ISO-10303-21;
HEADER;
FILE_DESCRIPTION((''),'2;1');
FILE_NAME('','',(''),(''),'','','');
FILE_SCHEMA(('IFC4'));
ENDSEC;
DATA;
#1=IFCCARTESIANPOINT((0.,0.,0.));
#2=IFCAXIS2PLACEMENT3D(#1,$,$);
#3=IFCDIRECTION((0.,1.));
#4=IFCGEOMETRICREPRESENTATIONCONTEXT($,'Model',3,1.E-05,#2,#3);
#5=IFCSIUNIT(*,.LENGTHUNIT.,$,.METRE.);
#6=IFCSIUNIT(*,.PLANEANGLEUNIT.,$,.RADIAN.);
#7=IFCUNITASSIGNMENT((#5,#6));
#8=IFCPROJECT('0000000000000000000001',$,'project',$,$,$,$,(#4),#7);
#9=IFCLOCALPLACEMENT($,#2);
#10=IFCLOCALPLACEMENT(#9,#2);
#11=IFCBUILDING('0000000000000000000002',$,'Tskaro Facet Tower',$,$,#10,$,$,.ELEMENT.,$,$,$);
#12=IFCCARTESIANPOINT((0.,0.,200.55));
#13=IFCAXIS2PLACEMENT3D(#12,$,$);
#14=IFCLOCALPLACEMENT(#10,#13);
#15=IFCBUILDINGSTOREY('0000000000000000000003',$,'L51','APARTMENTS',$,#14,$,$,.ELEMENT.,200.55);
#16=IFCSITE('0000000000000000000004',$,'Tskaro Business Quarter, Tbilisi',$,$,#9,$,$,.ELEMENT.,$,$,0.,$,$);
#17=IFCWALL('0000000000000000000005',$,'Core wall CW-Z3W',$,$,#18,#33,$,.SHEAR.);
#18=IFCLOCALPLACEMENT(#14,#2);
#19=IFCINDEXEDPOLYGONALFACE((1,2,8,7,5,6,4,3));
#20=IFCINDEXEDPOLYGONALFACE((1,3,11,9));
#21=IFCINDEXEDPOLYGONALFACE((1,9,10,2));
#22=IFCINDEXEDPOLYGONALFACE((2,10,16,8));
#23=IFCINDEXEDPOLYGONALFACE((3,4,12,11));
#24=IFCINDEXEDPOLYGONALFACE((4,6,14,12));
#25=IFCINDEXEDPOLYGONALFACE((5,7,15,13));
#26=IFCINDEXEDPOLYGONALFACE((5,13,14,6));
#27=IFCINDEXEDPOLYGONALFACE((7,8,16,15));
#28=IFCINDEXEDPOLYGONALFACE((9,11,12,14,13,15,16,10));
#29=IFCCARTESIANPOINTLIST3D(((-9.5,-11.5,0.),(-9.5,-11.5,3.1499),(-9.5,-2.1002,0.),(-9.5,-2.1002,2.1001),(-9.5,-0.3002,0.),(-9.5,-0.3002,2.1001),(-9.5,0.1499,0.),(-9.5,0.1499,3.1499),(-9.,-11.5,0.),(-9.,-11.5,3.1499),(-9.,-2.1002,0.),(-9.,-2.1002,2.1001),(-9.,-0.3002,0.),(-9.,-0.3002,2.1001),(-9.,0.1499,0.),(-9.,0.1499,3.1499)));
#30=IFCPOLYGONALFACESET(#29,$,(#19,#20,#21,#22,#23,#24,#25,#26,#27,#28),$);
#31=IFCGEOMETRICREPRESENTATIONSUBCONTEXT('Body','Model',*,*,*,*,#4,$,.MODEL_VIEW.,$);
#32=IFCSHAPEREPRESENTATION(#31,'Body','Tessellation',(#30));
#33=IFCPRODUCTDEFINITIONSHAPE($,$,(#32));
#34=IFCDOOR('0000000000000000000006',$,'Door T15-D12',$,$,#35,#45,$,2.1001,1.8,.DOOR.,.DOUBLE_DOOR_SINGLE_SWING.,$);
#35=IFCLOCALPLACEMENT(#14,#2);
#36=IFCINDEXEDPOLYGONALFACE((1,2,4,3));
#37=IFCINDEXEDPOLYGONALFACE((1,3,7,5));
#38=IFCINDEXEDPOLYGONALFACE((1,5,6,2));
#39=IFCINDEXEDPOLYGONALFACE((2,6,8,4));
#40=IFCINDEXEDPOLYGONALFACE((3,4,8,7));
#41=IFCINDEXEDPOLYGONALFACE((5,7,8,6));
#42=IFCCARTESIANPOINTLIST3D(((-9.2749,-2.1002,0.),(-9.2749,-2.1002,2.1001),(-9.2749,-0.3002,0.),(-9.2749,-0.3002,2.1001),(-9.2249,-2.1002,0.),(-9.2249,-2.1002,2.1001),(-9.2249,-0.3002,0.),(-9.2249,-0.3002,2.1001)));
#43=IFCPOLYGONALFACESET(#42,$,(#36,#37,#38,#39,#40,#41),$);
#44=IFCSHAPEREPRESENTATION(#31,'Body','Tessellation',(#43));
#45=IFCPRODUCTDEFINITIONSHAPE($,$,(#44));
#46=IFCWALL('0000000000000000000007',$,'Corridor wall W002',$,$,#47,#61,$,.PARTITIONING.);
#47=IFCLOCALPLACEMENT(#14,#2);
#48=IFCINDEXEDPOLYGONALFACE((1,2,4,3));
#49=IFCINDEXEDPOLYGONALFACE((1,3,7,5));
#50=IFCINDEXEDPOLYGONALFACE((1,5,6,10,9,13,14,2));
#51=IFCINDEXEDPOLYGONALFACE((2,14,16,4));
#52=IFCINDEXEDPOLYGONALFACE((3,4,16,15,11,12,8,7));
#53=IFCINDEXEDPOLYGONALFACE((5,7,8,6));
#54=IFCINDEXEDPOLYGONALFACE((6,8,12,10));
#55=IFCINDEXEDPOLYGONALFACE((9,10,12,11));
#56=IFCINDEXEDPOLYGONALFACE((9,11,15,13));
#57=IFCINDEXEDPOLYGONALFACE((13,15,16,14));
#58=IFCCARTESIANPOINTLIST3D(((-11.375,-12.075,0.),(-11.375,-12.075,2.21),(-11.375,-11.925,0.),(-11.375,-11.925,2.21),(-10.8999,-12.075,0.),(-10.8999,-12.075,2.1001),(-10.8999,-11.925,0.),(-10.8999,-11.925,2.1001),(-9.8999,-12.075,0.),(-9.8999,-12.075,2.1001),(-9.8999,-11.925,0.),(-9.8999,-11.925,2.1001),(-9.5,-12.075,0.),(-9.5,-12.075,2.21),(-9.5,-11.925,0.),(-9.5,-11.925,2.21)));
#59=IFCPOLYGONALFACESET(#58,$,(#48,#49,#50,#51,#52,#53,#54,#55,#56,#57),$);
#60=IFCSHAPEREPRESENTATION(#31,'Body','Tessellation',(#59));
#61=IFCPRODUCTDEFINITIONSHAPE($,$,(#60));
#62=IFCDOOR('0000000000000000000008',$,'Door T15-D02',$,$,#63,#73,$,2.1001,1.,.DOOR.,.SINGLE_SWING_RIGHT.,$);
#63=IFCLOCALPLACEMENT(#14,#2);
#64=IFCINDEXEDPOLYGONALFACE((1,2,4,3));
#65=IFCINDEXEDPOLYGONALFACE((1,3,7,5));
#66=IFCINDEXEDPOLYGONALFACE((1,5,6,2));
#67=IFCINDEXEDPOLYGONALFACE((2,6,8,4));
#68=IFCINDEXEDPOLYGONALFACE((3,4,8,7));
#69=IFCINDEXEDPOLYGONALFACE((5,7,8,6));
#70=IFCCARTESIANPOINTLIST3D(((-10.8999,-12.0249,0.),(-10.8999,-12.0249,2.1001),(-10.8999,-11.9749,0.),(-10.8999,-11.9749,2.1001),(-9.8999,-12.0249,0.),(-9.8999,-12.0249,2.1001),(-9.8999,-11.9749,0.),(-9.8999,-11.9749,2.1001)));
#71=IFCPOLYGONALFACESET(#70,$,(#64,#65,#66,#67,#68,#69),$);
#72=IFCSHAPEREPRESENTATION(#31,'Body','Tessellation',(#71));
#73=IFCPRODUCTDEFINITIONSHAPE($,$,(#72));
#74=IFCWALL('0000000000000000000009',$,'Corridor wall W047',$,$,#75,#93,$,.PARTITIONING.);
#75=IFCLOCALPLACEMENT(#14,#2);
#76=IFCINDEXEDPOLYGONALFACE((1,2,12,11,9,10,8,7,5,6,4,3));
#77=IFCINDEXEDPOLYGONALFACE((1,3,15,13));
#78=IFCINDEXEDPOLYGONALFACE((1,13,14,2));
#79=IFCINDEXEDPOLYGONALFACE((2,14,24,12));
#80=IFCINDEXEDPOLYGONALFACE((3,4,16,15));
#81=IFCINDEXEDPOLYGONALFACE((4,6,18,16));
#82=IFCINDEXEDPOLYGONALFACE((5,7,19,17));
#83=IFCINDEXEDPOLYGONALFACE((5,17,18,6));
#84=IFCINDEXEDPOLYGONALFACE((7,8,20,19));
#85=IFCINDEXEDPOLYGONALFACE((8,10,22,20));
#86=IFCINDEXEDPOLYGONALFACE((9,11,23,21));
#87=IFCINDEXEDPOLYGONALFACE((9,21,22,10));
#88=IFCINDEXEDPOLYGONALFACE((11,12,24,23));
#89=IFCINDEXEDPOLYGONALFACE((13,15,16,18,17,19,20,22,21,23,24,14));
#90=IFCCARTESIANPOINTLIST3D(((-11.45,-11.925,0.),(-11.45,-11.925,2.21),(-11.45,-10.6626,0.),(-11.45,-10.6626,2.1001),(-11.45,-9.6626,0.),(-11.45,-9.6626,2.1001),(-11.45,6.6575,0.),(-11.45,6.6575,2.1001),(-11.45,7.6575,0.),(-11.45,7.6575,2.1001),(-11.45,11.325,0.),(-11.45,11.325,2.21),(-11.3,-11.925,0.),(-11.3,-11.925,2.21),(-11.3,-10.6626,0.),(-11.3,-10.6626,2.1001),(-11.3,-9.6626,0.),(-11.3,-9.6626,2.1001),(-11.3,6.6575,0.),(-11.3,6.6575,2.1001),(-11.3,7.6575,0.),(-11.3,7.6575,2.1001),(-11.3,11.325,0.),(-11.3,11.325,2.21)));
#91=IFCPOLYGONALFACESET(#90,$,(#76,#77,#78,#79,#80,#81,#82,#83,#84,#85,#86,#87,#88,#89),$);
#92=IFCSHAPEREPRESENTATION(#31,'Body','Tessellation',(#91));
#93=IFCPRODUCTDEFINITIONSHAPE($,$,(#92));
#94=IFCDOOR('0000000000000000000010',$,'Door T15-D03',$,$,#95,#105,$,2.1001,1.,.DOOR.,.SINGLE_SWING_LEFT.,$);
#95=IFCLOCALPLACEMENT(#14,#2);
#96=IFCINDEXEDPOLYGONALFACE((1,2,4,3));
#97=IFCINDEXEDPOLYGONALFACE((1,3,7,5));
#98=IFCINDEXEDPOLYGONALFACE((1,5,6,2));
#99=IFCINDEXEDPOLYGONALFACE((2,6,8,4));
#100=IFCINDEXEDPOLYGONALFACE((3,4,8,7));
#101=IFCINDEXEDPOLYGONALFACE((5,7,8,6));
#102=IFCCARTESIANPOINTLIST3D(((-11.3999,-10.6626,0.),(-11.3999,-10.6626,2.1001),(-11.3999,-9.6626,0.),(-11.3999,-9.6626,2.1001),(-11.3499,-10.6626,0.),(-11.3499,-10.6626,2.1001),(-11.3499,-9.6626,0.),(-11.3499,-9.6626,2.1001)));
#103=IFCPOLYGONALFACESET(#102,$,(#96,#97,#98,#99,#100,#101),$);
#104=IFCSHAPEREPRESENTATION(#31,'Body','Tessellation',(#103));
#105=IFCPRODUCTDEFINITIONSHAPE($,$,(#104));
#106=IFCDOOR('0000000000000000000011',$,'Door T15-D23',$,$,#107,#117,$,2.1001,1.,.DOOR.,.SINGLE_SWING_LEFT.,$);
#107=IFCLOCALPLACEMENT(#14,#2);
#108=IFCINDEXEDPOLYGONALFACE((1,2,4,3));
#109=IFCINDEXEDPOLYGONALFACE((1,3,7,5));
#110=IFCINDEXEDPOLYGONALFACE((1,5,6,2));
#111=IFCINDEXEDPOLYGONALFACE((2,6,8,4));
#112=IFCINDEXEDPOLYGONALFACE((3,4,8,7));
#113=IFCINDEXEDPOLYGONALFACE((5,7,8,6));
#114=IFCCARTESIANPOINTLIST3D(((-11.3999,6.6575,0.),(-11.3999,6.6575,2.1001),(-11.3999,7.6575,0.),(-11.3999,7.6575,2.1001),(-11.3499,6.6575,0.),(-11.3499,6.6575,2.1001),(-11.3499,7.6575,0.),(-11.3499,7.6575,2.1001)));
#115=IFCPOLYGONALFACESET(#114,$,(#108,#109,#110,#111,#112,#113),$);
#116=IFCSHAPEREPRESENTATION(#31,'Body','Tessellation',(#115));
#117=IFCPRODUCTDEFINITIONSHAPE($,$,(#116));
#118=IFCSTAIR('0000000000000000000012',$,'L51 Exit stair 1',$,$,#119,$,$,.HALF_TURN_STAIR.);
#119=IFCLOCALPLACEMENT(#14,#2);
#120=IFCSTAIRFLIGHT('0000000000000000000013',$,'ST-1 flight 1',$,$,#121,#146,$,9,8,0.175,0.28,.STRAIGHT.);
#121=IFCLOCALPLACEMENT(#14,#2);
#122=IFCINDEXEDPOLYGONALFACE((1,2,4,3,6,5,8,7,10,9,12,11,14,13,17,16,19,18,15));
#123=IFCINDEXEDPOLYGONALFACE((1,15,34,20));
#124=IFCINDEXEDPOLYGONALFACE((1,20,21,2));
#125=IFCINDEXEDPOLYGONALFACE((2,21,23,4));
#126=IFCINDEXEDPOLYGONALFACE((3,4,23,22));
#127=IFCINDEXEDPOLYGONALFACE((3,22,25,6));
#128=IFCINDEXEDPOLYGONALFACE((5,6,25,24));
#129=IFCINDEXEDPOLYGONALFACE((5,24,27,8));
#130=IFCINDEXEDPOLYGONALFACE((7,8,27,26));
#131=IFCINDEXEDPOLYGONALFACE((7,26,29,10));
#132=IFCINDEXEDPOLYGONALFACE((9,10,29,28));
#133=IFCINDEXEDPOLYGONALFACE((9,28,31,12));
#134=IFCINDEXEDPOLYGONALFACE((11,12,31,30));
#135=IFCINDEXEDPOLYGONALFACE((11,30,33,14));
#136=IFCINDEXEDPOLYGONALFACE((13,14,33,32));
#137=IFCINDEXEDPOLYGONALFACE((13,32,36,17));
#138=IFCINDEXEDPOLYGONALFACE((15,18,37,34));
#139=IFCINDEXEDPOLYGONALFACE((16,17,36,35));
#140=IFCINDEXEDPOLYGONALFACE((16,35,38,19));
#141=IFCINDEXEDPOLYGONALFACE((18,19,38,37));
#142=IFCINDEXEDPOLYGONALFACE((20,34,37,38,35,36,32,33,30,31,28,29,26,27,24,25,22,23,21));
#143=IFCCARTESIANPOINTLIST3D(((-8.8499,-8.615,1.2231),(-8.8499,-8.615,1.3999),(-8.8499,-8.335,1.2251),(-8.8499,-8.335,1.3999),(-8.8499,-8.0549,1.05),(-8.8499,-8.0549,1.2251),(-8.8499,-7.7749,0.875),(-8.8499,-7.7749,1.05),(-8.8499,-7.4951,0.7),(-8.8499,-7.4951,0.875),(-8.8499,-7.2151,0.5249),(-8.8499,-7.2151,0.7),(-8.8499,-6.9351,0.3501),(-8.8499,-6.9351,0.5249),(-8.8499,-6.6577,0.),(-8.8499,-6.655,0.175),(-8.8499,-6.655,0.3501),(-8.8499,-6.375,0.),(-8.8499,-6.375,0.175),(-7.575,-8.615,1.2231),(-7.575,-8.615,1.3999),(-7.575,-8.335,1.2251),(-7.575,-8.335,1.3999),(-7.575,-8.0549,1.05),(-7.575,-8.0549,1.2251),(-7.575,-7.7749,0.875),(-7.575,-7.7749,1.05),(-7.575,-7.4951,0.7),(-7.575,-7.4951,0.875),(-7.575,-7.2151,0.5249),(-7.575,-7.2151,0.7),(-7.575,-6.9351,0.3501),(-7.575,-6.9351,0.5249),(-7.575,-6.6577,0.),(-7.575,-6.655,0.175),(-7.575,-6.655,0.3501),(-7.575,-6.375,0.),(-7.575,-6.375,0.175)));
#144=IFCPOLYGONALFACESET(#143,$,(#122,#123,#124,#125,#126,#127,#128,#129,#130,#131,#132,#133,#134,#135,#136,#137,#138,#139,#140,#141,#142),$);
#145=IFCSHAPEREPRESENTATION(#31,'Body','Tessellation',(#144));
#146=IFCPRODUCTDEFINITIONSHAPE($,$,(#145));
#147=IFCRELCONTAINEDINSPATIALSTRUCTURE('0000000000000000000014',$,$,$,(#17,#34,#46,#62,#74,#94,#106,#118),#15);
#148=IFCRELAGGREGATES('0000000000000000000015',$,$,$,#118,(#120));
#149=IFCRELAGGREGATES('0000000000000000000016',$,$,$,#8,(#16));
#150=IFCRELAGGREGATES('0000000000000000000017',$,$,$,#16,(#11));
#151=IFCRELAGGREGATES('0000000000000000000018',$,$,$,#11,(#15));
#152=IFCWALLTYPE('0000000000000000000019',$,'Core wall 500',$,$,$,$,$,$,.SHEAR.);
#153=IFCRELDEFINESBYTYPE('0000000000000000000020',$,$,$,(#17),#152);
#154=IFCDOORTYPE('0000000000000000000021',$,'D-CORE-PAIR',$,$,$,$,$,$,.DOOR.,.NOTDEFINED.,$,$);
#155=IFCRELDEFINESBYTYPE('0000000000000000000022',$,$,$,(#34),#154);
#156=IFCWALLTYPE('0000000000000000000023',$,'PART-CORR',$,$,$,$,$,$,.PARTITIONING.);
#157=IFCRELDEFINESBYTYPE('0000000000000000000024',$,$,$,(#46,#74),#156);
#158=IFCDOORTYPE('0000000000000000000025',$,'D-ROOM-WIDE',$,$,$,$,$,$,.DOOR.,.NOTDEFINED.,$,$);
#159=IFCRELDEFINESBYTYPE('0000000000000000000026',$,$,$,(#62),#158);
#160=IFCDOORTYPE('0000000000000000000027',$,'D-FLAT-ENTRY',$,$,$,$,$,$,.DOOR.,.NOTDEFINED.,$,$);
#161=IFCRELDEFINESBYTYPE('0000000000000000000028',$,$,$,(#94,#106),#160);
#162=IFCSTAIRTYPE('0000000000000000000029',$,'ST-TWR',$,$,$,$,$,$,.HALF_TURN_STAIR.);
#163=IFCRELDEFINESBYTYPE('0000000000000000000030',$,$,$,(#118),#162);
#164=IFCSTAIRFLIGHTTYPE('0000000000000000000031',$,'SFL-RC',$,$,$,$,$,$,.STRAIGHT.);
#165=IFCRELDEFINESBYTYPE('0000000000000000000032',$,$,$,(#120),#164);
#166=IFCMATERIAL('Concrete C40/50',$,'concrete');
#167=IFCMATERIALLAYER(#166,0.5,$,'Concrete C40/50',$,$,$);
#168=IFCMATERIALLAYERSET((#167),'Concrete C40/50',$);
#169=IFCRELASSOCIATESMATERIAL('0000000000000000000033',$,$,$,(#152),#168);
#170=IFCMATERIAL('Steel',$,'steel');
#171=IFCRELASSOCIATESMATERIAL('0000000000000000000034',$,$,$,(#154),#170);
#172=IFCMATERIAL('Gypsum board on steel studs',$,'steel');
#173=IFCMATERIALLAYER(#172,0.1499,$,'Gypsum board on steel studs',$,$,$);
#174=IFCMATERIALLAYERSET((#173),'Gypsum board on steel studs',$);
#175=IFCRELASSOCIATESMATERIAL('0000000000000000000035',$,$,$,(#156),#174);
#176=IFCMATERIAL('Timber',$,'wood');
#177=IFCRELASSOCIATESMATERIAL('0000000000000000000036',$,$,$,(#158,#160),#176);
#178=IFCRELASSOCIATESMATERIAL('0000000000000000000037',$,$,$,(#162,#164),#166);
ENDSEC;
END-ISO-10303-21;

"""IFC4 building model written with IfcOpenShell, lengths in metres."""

from ifc_helpers import new_model, si_unit, direction, frame, frame_2d, origin, place, context, subcontext, project, spatial, polyline, rectangle, outline, extrude, material, layer, layer_set, type_object, element, fill, aggregate, save


model = new_model("IFC4")

# Units and contexts
model_context = context("Model", 3, precision=1e-05, world=origin(), true_north=direction((0.0, 1.0)))
body_context = subcontext(model_context, "Body", "Model", "MODEL_VIEW")
ifc_project = project(units=[si_unit("LENGTHUNIT", "METRE"), si_unit("PLANEANGLEUNIT", "RADIAN")], contexts=[model_context])

# Site, building, storey
site_placement = place(None, origin())
site = spatial("IfcSite", under=ifc_project, at=site_placement, Name="Tskaro Business Quarter, Tbilisi", CompositionType="ELEMENT", RefElevation=0.0)
building_placement = place(site_placement, origin())
building = spatial("IfcBuilding", under=site, at=building_placement, Name="Tskaro Facet Tower", CompositionType="ELEMENT")
storey_placement = place(building_placement, frame((0.0, 0.0, 200.55)))
storey = spatial("IfcBuildingStorey", under=building, at=storey_placement, Name="L51", Description="APARTMENTS", CompositionType="ELEMENT", Elevation=200.55)

# Shared definitions
ifc_material_1 = material(Name="Timber", Category="wood")

# Shared definitions
ifc_material_2 = material(Name="Concrete C40/50", Category="concrete")
ifc_layer_1 = layer(ifc_material_2, 0.5, Name="Concrete C40/50")
ifc_layer_set_1 = layer_set([ifc_layer_1], Name="Concrete C40/50")
wall_type_1 = type_object("IfcWallType", Name="Core wall 500", PredefinedType="SHEAR", material=ifc_layer_set_1)

# Walls, openings, doors
wall_1_placement = place(storey_placement, frame((-9.25, -11.5, 0.0), z_axis=(0.0, 0.0, 1.0), x_axis=(0.0, 1.0, 0.0)))
wall_1 = element("IfcWall", 1, at=wall_1_placement, inside=storey, type_object=wall_type_1, Name="Core wall CW-Z3W", PredefinedType="SHEAR", context=body_context, shape_type="SweptSolid", body=[
    extrude(rectangle(XDim=11.6499, YDim=0.5, at=frame_2d((5.825, 0.0))), origin(), (0.0, 0.0, 1.0), 3.1499),
])
opening_1_placement = place(wall_1_placement, frame((9.3999, 0.0, 0.0)))
opening_1 = element("IfcOpeningElement", 2, at=opening_1_placement, cuts=wall_1, PredefinedType="OPENING", context=body_context, shape_type="SweptSolid", body=[
    extrude(rectangle(XDim=1.8, YDim=2.1001, at=frame_2d((0.8999, 1.05))), frame((0.0, 0.26, 0.0), z_axis=(0.0, -1.0, 0.0), x_axis=(1.0, 0.0, 0.0)), (0.0, 0.0, 1.0), 0.52),
])
ifc_material_3 = material(Name="Steel", Category="steel")
door_type_1 = type_object("IfcDoorType", Name="D-CORE-PAIR", OperationType="NOTDEFINED", PredefinedType="DOOR", material=ifc_material_3)
door_1_placement = place(opening_1_placement, origin())
door_1 = element("IfcDoor", 3, at=door_1_placement, inside=storey, type_object=door_type_1, Name="Door T15-D12", OperationType="DOUBLE_DOOR_SINGLE_SWING", OverallHeight=2.1001, OverallWidth=1.8, PredefinedType="DOOR", context=body_context, shape_type="SweptSolid", body=[
    extrude(rectangle(XDim=1.8, YDim=2.1001, at=frame_2d((0.8999, 1.05))), frame((0.0, 0.0249, 0.0), z_axis=(0.0, -1.0, 0.0), x_axis=(1.0, 0.0, 0.0)), (0.0, 0.0, 1.0), 0.05),
])
fill(opening_1, door_1)
ifc_material_4 = material(Name="Gypsum board on steel studs", Category="steel")
ifc_layer_2 = layer(ifc_material_4, 0.1499, Name="Gypsum board on steel studs")
ifc_layer_set_2 = layer_set([ifc_layer_2], Name="Gypsum board on steel studs")
wall_type_2 = type_object("IfcWallType", Name="PART-CORR", PredefinedType="PARTITIONING", material=ifc_layer_set_2)
wall_2_placement = place(storey_placement, frame((-9.5, -12.0, 0.0), z_axis=(0.0, 0.0, 1.0), x_axis=(-1.0, 0.0, 0.0)))
wall_2 = element("IfcWall", 4, at=wall_2_placement, inside=storey, type_object=wall_type_2, Name="Corridor wall W002", PredefinedType="PARTITIONING", context=body_context, shape_type="SweptSolid", body=[
    extrude(rectangle(XDim=1.875, YDim=0.1499, at=frame_2d((0.9375, 0.0))), origin(), (0.0, 0.0, 1.0), 2.21),
])
opening_2_placement = place(wall_2_placement, frame((0.3999, 0.0, 0.0)))
opening_2 = element("IfcOpeningElement", 5, at=opening_2_placement, cuts=wall_2, PredefinedType="OPENING", context=body_context, shape_type="SweptSolid", body=[
    extrude(rectangle(XDim=1.0, YDim=2.1001, at=frame_2d((0.5, 1.05))), frame((0.0, 0.085, 0.0), z_axis=(0.0, -1.0, 0.0), x_axis=(1.0, 0.0, 0.0)), (0.0, 0.0, 1.0), 0.1699),
])
door_type_2 = type_object("IfcDoorType", Name="D-ROOM-WIDE", OperationType="NOTDEFINED", PredefinedType="DOOR", material=ifc_material_1)
door_2_placement = place(opening_2_placement, origin())
door_2 = element("IfcDoor", 6, at=door_2_placement, inside=storey, type_object=door_type_2, Name="Door T15-D02", OperationType="SINGLE_SWING_RIGHT", OverallHeight=2.1001, OverallWidth=1.0, PredefinedType="DOOR", context=body_context, shape_type="SweptSolid", body=[
    extrude(rectangle(XDim=1.0, YDim=2.1001, at=frame_2d((0.5, 1.05))), frame((0.0, 0.0249, 0.0), z_axis=(0.0, -1.0, 0.0), x_axis=(1.0, 0.0, 0.0)), (0.0, 0.0, 1.0), 0.05),
])
fill(opening_2, door_2)

# Wall, openings, doors
wall_3_placement = place(storey_placement, frame((-11.375, -11.925, 0.0), z_axis=(0.0, 0.0, 1.0), x_axis=(0.0, 1.0, 0.0)))
wall_3 = element("IfcWall", 7, at=wall_3_placement, inside=storey, type_object=wall_type_2, Name="Corridor wall W047", PredefinedType="PARTITIONING", context=body_context, shape_type="SweptSolid", body=[
    extrude(rectangle(XDim=23.25, YDim=0.1499, at=frame_2d((11.625, 0.0))), origin(), (0.0, 0.0, 1.0), 2.21),
])
opening_3_placement = place(wall_3_placement, frame((1.2625, 0.0, 0.0)))
opening_3 = element("IfcOpeningElement", 8, at=opening_3_placement, cuts=wall_3, PredefinedType="OPENING", context=body_context, shape_type="SweptSolid", body=[
    extrude(rectangle(XDim=1.0, YDim=2.1001, at=frame_2d((0.5, 1.05))), frame((0.0, 0.085, 0.0), z_axis=(0.0, -1.0, 0.0), x_axis=(1.0, 0.0, 0.0)), (0.0, 0.0, 1.0), 0.1699),
])
opening_4_placement = place(wall_3_placement, frame((18.5825, 0.0, 0.0)))
opening_4 = element("IfcOpeningElement", 9, at=opening_4_placement, cuts=wall_3, PredefinedType="OPENING", context=body_context, shape_type="SweptSolid", body=[
    extrude(rectangle(XDim=1.0, YDim=2.1001, at=frame_2d((0.5, 1.05))), frame((0.0, 0.085, 0.0), z_axis=(0.0, -1.0, 0.0), x_axis=(1.0, 0.0, 0.0)), (0.0, 0.0, 1.0), 0.1699),
])
door_type_3 = type_object("IfcDoorType", Name="D-FLAT-ENTRY", OperationType="NOTDEFINED", PredefinedType="DOOR", material=ifc_material_1)
door_3_placement = place(opening_3_placement, origin())
door_3 = element("IfcDoor", 10, at=door_3_placement, inside=storey, type_object=door_type_3, Name="Door T15-D03", OperationType="SINGLE_SWING_LEFT", OverallHeight=2.1001, OverallWidth=1.0, PredefinedType="DOOR", context=body_context, shape_type="SweptSolid", body=[
    extrude(rectangle(XDim=1.0, YDim=2.1001, at=frame_2d((0.5, 1.05))), frame((0.0, 0.0249, 0.0), z_axis=(0.0, -1.0, 0.0), x_axis=(1.0, 0.0, 0.0)), (0.0, 0.0, 1.0), 0.05),
])
fill(opening_3, door_3)
door_4_placement = place(opening_4_placement, origin())
door_4 = element("IfcDoor", 11, at=door_4_placement, inside=storey, type_object=door_type_3, Name="Door T15-D23", OperationType="SINGLE_SWING_LEFT", OverallHeight=2.1001, OverallWidth=1.0, PredefinedType="DOOR", context=body_context, shape_type="SweptSolid", body=[
    extrude(rectangle(XDim=1.0, YDim=2.1001, at=frame_2d((0.5, 1.05))), frame((0.0, 0.0249, 0.0), z_axis=(0.0, -1.0, 0.0), x_axis=(1.0, 0.0, 0.0)), (0.0, 0.0, 1.0), 0.05),
])
fill(opening_4, door_4)

# Stair, stair flight
stair_type = type_object("IfcStairType", Name="ST-TWR", PredefinedType="HALF_TURN_STAIR", material=ifc_material_2)
stair_placement = place(storey_placement, origin())
stair = element("IfcStair", 12, at=stair_placement, inside=storey, type_object=stair_type, Name="L51 Exit stair 1", PredefinedType="HALF_TURN_STAIR")
stair_flight_type = type_object("IfcStairFlightType", Name="SFL-RC", PredefinedType="STRAIGHT", material=ifc_material_2)
stair_flight_placement = place(storey_placement, frame((-8.2124, -6.375, 0.0), z_axis=(0.0, 0.0, 1.0), x_axis=(0.0, -1.0, 0.0)))
stair_flight = element("IfcStairFlight", 13, at=stair_flight_placement, type_object=stair_flight_type, Name="ST-1 flight 1", NumberOfRisers=9, NumberOfTreads=8, PredefinedType="STRAIGHT", RiserHeight=0.175, TreadLength=0.28, context=body_context, shape_type="SweptSolid", body=[
    extrude(outline(polyline([(0.0, 0.0), (0.0, 0.175), (0.28, 0.175), (0.28, 0.3501), (0.5601, 0.3501), (0.5601, 0.5249), (0.8401, 0.5249), (0.8401, 0.7), (1.1201, 0.7), (1.1201, 0.875), (1.3999, 0.875), (1.3999, 1.05), (1.6799, 1.05), (1.6799, 1.2251), (1.96, 1.2251), (1.96, 1.3999), (2.24, 1.3999), (2.24, 1.575), (2.24, 1.2231), (0.2827, 0.0), (0.0, 0.0)])), frame((0.0, 0.6375, 0.0), z_axis=(0.0, -1.0, 0.0), x_axis=(1.0, 0.0, 0.0)), (0.0, 0.0, 1.0), 1.2749),
])
aggregate(stair, [stair_flight])

save(model, "model.ifc")
